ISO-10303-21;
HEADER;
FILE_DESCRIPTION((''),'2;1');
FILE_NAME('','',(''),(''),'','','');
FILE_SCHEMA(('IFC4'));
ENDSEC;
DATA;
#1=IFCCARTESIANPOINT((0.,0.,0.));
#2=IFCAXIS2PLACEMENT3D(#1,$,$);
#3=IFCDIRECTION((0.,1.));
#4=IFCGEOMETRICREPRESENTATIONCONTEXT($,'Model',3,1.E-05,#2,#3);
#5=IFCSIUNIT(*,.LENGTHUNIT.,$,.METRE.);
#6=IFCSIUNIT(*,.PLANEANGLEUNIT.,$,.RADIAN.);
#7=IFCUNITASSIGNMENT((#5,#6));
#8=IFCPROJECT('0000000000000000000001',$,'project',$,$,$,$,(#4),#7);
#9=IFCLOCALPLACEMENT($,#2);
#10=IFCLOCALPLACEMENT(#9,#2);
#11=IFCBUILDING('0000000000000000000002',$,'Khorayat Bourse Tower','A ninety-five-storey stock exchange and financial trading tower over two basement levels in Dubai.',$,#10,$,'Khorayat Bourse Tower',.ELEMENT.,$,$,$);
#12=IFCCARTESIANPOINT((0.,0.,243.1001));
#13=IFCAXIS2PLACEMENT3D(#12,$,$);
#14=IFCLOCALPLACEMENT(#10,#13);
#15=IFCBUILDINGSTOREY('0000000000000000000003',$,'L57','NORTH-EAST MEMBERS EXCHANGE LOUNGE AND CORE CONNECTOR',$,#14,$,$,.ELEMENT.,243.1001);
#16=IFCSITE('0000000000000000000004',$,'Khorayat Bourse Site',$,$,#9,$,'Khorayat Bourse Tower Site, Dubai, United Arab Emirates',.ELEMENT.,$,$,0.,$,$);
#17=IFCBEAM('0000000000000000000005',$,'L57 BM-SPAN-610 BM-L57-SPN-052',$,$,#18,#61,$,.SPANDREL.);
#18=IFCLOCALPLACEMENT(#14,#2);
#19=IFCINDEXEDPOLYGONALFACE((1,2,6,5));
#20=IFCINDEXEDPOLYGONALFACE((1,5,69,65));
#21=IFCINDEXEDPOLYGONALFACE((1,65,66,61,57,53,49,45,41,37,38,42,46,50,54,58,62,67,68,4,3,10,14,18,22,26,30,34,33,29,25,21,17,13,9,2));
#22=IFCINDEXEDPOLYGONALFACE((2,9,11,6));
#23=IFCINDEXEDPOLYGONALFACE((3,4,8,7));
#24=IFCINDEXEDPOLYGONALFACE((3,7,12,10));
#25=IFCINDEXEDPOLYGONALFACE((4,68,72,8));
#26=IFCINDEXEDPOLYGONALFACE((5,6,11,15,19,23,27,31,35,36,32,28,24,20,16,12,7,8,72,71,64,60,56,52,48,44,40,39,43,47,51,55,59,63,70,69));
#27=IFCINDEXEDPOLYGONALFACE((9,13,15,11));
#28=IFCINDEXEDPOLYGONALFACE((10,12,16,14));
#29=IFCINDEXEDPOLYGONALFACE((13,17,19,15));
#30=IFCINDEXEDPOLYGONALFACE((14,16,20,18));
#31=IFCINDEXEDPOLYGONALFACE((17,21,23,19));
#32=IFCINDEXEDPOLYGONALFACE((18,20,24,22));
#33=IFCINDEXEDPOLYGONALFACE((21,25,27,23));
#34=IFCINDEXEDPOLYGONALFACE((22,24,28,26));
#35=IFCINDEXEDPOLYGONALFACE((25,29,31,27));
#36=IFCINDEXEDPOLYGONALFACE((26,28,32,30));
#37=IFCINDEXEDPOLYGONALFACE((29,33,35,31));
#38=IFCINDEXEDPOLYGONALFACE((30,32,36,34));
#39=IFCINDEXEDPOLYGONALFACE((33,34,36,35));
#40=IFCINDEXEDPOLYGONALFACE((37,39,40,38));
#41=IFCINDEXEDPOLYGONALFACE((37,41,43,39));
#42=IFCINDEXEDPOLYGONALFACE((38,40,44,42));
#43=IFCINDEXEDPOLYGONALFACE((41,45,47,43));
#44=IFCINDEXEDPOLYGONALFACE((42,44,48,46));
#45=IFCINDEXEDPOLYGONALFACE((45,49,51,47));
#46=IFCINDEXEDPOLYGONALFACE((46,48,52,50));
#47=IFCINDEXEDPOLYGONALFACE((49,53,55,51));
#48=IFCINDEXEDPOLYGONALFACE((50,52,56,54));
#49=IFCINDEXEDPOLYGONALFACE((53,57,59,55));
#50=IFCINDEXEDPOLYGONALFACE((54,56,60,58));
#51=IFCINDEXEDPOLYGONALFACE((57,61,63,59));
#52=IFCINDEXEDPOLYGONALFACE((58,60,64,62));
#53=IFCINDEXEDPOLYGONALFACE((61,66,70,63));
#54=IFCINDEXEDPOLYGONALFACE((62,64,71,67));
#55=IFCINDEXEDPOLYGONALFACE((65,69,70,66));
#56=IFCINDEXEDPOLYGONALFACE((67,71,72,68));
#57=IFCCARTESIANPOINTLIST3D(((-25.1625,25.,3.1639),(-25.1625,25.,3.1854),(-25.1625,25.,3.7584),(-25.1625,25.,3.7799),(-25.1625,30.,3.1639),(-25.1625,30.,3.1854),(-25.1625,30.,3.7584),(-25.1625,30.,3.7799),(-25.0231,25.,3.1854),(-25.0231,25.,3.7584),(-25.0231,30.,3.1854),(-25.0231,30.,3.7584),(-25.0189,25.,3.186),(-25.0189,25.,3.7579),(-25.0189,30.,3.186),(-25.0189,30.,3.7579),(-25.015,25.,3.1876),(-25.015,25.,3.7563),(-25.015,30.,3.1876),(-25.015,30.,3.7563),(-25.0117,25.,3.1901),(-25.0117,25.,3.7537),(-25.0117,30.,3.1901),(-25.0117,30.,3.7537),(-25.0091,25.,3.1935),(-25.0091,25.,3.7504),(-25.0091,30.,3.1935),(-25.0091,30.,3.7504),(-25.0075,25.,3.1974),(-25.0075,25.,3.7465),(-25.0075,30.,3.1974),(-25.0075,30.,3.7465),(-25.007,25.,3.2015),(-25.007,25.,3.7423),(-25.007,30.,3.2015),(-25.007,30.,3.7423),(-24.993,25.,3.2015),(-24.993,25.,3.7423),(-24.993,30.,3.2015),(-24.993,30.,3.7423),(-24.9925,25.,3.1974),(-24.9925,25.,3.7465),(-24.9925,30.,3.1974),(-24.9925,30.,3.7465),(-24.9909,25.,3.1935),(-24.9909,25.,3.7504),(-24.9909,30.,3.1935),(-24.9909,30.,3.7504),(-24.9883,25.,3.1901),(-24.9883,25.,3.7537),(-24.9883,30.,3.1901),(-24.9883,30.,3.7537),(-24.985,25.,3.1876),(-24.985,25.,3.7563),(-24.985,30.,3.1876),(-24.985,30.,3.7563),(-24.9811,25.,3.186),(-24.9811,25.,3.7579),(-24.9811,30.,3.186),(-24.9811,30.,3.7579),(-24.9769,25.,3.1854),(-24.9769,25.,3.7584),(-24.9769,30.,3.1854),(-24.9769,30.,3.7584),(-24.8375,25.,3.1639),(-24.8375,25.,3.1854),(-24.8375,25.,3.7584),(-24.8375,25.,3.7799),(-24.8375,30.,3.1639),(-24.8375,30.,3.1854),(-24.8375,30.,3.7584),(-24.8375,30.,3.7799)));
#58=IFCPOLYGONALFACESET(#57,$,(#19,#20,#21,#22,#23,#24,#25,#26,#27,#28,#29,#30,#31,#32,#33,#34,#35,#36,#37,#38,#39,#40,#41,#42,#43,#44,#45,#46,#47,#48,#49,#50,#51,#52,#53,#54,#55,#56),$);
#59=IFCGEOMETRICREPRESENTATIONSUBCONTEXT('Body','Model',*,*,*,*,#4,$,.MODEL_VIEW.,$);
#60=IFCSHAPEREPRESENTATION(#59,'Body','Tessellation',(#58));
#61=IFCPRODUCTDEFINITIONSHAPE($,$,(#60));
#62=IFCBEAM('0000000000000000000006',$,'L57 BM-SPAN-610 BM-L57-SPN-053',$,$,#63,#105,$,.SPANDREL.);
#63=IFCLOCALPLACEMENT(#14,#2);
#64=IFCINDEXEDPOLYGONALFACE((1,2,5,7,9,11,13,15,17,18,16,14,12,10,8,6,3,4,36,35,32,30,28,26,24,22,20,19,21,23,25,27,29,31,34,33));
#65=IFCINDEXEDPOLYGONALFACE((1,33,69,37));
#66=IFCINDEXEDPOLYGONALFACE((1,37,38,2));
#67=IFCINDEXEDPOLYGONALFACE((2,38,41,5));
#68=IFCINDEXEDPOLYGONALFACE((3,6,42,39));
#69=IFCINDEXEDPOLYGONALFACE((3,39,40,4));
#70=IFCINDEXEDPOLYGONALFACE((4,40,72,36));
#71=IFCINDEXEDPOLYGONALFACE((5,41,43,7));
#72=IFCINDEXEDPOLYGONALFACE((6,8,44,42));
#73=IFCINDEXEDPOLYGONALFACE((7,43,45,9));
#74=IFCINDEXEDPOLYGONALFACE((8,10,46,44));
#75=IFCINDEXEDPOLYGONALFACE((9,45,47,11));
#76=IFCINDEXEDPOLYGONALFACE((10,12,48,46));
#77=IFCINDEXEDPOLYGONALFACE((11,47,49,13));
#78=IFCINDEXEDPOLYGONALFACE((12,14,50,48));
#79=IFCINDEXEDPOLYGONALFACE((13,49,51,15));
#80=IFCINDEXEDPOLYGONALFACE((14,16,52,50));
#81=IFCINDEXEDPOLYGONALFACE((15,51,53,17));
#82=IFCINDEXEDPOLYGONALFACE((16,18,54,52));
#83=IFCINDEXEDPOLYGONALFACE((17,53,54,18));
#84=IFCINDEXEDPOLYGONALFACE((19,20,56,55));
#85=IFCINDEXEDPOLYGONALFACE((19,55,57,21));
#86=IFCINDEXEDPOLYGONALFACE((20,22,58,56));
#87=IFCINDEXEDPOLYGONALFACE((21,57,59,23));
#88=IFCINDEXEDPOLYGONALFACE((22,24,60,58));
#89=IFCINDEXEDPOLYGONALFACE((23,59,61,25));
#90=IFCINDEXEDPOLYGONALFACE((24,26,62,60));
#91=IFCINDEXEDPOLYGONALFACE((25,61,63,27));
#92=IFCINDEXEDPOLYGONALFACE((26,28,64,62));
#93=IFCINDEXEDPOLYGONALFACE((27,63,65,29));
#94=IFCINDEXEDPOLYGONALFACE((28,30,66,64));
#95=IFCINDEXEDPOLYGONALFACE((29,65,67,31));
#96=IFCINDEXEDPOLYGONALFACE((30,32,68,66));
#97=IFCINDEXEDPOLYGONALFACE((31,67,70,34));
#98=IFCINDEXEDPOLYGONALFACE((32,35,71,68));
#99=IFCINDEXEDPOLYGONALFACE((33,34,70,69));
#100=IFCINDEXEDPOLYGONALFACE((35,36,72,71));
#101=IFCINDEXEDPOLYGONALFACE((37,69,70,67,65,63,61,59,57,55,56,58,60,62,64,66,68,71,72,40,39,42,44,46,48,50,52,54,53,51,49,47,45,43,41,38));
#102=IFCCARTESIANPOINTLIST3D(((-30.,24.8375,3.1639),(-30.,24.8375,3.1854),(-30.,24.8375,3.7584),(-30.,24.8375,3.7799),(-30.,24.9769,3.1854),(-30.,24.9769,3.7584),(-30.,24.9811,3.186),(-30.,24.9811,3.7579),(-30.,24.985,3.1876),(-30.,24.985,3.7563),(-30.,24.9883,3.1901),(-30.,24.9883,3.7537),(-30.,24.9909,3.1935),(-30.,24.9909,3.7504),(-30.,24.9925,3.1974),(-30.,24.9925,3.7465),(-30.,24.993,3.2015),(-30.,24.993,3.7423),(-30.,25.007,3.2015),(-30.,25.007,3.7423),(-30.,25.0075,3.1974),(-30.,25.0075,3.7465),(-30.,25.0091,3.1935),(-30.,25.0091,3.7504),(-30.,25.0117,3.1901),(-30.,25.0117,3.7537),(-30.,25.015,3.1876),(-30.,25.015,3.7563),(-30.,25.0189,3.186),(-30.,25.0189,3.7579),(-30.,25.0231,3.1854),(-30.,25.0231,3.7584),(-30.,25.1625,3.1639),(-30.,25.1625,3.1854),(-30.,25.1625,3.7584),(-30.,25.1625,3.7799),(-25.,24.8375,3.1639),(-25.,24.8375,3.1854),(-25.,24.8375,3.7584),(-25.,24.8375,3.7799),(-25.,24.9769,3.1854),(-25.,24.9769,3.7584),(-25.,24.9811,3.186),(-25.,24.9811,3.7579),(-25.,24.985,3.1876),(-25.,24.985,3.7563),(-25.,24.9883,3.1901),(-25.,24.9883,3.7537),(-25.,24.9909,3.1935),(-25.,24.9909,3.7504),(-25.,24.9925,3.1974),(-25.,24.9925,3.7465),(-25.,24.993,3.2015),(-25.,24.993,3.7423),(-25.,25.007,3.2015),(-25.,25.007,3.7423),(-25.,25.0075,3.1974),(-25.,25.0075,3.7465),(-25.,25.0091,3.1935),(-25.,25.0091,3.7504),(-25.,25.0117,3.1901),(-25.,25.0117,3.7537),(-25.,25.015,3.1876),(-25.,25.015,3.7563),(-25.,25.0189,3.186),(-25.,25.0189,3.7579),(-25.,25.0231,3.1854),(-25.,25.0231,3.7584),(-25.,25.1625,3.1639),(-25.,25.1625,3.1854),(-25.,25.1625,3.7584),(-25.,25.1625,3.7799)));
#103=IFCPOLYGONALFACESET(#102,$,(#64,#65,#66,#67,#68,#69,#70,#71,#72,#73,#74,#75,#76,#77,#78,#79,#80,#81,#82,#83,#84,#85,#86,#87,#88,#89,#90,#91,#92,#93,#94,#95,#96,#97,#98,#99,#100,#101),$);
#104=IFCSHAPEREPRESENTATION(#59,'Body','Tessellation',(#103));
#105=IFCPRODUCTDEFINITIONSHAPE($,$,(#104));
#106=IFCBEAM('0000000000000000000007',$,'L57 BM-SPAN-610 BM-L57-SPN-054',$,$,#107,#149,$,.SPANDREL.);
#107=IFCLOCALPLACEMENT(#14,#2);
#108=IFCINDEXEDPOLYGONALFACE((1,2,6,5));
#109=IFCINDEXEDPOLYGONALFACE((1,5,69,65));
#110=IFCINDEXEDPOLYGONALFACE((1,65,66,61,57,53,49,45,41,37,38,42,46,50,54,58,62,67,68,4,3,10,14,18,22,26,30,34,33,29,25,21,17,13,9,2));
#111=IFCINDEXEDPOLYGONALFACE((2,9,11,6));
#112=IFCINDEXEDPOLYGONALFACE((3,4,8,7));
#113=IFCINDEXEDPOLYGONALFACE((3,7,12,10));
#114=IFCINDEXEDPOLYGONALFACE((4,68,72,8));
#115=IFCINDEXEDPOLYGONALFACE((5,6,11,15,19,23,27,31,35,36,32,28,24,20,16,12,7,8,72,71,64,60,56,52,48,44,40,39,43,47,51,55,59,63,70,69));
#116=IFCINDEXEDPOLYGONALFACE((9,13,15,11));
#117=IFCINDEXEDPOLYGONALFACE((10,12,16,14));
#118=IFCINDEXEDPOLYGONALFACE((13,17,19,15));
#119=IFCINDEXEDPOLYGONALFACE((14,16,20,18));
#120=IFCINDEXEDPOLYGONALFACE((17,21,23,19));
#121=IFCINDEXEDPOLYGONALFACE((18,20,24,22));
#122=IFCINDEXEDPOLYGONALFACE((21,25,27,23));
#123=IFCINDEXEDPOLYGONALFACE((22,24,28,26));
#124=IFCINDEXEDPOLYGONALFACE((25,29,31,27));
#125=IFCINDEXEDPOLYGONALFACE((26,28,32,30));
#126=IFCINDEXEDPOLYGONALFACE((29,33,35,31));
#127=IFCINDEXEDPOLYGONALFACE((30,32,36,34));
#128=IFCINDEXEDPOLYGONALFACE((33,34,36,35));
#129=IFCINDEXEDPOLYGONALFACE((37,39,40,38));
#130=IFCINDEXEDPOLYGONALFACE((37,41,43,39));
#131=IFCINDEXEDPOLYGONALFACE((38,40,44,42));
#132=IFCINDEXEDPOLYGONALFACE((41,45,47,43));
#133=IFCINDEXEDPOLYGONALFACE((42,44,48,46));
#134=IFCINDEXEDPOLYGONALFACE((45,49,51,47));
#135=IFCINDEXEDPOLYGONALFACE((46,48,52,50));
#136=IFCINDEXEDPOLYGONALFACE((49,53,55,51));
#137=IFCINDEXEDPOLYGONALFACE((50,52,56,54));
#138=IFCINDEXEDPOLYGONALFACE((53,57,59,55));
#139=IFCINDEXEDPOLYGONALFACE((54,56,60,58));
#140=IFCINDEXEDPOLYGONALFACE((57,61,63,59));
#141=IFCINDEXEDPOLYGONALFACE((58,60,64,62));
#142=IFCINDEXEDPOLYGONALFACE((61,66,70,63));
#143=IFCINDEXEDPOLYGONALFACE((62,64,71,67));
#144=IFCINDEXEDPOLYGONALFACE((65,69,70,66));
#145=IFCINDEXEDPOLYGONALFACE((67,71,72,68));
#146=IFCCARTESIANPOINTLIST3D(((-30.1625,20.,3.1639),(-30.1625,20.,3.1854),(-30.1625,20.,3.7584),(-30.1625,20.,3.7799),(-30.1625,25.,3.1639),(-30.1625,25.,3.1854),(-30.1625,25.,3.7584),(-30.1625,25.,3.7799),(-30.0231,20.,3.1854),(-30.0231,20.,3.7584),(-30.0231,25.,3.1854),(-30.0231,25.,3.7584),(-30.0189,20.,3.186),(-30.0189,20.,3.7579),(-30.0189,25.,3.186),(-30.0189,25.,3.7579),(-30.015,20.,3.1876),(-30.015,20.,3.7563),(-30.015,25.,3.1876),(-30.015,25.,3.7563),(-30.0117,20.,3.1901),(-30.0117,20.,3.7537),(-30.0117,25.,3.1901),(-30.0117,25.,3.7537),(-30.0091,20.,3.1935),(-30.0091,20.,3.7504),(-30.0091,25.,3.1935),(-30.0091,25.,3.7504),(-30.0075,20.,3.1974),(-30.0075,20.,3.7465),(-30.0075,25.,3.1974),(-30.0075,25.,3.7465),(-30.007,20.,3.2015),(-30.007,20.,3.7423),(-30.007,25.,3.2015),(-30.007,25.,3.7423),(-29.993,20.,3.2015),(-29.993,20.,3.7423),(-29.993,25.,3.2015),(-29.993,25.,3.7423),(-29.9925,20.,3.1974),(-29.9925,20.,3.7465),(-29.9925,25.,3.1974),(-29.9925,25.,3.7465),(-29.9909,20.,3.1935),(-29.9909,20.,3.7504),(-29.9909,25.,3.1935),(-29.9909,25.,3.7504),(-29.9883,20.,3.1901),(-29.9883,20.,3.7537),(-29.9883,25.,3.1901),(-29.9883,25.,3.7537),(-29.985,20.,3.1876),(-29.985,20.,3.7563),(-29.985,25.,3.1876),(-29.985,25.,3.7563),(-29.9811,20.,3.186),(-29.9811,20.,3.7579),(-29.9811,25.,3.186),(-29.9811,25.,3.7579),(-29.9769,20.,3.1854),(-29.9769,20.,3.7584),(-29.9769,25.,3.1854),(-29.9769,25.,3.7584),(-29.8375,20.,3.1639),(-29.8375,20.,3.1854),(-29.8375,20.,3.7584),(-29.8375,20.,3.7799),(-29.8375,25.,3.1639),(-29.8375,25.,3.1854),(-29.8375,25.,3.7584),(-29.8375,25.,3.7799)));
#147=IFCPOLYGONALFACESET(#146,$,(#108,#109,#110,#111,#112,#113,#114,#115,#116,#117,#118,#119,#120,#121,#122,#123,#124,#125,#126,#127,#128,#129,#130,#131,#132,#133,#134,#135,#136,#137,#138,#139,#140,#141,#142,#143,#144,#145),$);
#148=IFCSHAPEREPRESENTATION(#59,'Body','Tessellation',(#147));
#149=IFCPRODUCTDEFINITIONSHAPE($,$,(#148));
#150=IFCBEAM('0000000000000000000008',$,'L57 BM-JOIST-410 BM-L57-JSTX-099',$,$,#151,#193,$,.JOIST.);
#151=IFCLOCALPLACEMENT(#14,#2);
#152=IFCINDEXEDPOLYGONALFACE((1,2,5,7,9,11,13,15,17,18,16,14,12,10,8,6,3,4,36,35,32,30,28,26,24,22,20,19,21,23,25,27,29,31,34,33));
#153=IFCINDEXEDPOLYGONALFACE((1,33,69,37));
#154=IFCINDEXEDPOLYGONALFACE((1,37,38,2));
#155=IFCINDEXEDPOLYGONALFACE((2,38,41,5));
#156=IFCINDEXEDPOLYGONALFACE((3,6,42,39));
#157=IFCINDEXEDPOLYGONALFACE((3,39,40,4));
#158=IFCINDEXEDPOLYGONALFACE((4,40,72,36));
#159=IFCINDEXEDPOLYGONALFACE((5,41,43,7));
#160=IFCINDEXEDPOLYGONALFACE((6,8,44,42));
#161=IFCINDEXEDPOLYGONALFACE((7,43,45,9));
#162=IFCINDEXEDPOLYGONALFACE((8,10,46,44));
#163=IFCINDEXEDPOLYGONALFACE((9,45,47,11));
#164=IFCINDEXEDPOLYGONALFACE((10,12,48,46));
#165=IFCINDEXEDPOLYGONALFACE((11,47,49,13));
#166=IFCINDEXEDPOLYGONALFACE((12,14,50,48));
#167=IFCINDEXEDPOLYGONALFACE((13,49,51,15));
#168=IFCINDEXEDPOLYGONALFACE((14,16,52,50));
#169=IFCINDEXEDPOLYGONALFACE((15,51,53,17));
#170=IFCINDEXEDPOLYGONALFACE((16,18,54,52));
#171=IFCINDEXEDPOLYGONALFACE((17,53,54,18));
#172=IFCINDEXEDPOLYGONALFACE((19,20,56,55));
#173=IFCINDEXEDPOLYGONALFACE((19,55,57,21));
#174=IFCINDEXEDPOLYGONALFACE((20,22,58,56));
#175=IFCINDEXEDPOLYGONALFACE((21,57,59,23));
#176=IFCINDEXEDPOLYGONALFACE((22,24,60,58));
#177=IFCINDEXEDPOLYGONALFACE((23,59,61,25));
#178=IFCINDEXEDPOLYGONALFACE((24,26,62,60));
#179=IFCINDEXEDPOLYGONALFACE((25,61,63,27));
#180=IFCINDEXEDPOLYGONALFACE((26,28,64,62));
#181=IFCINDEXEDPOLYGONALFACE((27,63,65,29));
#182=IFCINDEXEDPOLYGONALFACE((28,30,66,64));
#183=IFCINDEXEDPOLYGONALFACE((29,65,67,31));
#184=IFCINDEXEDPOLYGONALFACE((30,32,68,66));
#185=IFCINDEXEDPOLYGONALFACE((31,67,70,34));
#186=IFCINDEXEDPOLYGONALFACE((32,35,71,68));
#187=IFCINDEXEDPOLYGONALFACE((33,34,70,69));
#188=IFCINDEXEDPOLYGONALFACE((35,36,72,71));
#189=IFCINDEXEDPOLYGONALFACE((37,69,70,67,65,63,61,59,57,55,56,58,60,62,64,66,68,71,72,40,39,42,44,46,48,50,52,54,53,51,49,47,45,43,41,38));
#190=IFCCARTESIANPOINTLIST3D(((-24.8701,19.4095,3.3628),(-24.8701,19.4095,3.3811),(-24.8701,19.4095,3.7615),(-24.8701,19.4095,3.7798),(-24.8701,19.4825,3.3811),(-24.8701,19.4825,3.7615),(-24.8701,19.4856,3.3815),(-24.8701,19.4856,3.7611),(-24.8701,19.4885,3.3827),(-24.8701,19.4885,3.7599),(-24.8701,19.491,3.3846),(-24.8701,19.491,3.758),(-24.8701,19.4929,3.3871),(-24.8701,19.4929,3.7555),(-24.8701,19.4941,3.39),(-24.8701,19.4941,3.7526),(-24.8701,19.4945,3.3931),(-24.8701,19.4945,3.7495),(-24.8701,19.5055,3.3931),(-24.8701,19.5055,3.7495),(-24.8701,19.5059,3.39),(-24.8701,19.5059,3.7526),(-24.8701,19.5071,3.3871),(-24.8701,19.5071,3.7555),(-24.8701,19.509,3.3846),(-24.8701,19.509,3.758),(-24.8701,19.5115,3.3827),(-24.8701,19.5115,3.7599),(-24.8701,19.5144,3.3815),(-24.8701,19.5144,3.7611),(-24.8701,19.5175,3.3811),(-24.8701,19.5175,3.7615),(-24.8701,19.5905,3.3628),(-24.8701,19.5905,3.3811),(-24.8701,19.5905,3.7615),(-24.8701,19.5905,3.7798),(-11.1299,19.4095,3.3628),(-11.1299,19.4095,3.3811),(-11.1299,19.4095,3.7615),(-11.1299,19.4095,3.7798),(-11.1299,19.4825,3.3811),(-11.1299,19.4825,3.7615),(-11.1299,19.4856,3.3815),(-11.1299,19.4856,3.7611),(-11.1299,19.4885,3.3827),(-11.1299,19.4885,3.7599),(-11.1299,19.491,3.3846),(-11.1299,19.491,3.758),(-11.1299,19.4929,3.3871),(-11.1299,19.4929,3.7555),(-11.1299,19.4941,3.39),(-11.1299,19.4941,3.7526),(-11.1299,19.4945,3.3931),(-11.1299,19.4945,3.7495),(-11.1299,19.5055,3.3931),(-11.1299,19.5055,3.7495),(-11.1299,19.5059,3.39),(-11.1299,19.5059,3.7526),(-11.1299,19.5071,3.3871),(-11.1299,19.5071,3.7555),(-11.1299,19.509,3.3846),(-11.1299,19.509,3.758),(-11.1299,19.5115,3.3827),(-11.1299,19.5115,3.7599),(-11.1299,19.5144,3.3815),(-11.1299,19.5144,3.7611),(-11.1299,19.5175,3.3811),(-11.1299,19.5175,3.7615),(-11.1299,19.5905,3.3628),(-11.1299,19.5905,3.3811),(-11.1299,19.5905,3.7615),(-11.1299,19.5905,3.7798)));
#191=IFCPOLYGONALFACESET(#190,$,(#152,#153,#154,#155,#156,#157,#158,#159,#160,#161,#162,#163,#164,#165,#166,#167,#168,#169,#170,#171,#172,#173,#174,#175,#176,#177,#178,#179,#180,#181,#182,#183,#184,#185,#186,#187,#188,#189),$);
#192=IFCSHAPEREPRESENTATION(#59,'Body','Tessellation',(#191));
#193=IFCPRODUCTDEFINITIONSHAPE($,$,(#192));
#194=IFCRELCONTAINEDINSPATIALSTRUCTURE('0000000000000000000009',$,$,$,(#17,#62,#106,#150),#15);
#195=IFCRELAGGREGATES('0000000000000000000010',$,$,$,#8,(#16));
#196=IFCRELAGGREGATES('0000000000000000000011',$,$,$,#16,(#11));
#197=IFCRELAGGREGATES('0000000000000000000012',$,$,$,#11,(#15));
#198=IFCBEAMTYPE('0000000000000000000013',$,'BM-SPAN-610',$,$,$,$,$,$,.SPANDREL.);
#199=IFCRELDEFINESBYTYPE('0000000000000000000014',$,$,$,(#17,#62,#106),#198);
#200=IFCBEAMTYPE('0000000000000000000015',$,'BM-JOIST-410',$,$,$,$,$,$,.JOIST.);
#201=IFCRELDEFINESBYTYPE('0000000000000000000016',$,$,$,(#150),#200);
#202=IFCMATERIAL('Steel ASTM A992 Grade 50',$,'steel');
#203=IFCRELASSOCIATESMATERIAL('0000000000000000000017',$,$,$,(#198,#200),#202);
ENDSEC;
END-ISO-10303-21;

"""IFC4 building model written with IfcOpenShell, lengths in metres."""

from ifc_helpers import new_model, si_unit, direction, frame, origin, origin_2d, place, context, subcontext, project, spatial, i_section, extrude, source, transform, mapped, material, material_profile, profile_set, type_object, element, save


model = new_model("IFC4")

# Units and contexts
model_context = context("Model", 3, precision=1e-05, world=origin(), true_north=direction((0.0, 1.0)))
body_context = subcontext(model_context, "Body", "Model", "MODEL_VIEW")
ifc_project = project(units=[si_unit("LENGTHUNIT", "METRE"), si_unit("PLANEANGLEUNIT", "RADIAN")], contexts=[model_context])

# Site, building, storey
site_placement = place(None, origin())
site = spatial("IfcSite", under=ifc_project, at=site_placement, Name="Khorayat Bourse Site", LongName="Khorayat Bourse Tower Site, Dubai, United Arab Emirates", CompositionType="ELEMENT", RefElevation=0.0)
building_placement = place(site_placement, origin())
building = spatial("IfcBuilding", under=site, at=building_placement, Name="Khorayat Bourse Tower", Description="A ninety-five-storey stock exchange and financial trading tower over two basement levels in Dubai.", LongName="Khorayat Bourse Tower", CompositionType="ELEMENT")
storey_placement = place(building_placement, frame((0.0, 0.0, 243.1001)))
storey = spatial("IfcBuildingStorey", under=building, at=storey_placement, Name="L57", Description="NORTH-EAST MEMBERS EXCHANGE LOUNGE AND CORE CONNECTOR", CompositionType="ELEMENT", Elevation=243.1001)

# Beams
ifc_material_1 = material(Name="Steel ASTM A992 Grade 50", Category="steel")
ifc_material_profile_1 = material_profile(ifc_material_1, i_section(OverallWidth=0.325, OverallDepth=0.616, WebThickness=0.0139, FlangeThickness=0.0215, FilletRadius=0.0161, at=origin_2d()), Name="W610X174")
ifc_profile_set_1 = profile_set([ifc_material_profile_1], Name="Steel ASTM A992 Grade 50")
beam_type_1 = type_object("IfcBeamType", Name="BM-SPAN-610", PredefinedType="SPANDREL", material=ifc_profile_set_1)
shared_shape_1 = source(origin(), body_context, "Body", "SweptSolid", [
    extrude(i_section(OverallWidth=0.325, OverallDepth=0.616, WebThickness=0.0139, FlangeThickness=0.0215, FilletRadius=0.0161, at=origin_2d()), origin(), (0.0, 0.0, 1.0), 5.0),
])
for number, where, z_axis, x_axis, name in (
    (1, (-25.0, 25.0, 3.4719), (0.0, 1.0, 0.0), (-1.0, 0.0, 0.0), "L57 BM-SPAN-610 BM-L57-SPN-052"),
    (2, (-30.0, 25.0, 3.4719), (1.0, 0.0, 0.0), (0.0, 1.0, 0.0), "L57 BM-SPAN-610 BM-L57-SPN-053"),
    (3, (-30.0, 20.0, 3.4719), (0.0, 1.0, 0.0), (-1.0, 0.0, 0.0), "L57 BM-SPAN-610 BM-L57-SPN-054"),
):
    element("IfcBeam", number, at=place(storey_placement, frame(where, z_axis=z_axis, x_axis=x_axis)), inside=storey, type_object=beam_type_1, Name=name, PredefinedType="SPANDREL", context=body_context, shape_type="MappedRepresentation", body=[
        mapped(shared_shape_1, transform((0.0, 0.0, 0.0), scale=1.0)),
    ])
ifc_material_profile_2 = material_profile(ifc_material_1, i_section(OverallWidth=0.1809, OverallDepth=0.417, WebThickness=0.011, FlangeThickness=0.0183, FilletRadius=0.012, at=origin_2d()), Name="W410X85")
ifc_profile_set_2 = profile_set([ifc_material_profile_2], Name="Steel ASTM A992 Grade 50")
beam_type_2 = type_object("IfcBeamType", Name="BM-JOIST-410", PredefinedType="JOIST", material=ifc_profile_set_2)
shared_shape_2 = source(origin(), body_context, "Body", "SweptSolid", [
    extrude(i_section(OverallWidth=0.1809, OverallDepth=0.417, WebThickness=0.011, FlangeThickness=0.0183, FilletRadius=0.012, at=origin_2d()), origin(), (0.0, 0.0, 1.0), 13.7402),
])
beam_1_placement = place(storey_placement, frame((-24.8701, 19.5, 3.5713), z_axis=(1.0, 0.0, 0.0), x_axis=(0.0, 1.0, 0.0)))
element("IfcBeam", 4, at=beam_1_placement, inside=storey, type_object=beam_type_2, Name="L57 BM-JOIST-410 BM-L57-JSTX-099", PredefinedType="JOIST", context=body_context, shape_type="MappedRepresentation", body=[
    mapped(shared_shape_2, transform((0.0, 0.0, 0.0), scale=1.0)),
])

save(model, "model.ifc")
